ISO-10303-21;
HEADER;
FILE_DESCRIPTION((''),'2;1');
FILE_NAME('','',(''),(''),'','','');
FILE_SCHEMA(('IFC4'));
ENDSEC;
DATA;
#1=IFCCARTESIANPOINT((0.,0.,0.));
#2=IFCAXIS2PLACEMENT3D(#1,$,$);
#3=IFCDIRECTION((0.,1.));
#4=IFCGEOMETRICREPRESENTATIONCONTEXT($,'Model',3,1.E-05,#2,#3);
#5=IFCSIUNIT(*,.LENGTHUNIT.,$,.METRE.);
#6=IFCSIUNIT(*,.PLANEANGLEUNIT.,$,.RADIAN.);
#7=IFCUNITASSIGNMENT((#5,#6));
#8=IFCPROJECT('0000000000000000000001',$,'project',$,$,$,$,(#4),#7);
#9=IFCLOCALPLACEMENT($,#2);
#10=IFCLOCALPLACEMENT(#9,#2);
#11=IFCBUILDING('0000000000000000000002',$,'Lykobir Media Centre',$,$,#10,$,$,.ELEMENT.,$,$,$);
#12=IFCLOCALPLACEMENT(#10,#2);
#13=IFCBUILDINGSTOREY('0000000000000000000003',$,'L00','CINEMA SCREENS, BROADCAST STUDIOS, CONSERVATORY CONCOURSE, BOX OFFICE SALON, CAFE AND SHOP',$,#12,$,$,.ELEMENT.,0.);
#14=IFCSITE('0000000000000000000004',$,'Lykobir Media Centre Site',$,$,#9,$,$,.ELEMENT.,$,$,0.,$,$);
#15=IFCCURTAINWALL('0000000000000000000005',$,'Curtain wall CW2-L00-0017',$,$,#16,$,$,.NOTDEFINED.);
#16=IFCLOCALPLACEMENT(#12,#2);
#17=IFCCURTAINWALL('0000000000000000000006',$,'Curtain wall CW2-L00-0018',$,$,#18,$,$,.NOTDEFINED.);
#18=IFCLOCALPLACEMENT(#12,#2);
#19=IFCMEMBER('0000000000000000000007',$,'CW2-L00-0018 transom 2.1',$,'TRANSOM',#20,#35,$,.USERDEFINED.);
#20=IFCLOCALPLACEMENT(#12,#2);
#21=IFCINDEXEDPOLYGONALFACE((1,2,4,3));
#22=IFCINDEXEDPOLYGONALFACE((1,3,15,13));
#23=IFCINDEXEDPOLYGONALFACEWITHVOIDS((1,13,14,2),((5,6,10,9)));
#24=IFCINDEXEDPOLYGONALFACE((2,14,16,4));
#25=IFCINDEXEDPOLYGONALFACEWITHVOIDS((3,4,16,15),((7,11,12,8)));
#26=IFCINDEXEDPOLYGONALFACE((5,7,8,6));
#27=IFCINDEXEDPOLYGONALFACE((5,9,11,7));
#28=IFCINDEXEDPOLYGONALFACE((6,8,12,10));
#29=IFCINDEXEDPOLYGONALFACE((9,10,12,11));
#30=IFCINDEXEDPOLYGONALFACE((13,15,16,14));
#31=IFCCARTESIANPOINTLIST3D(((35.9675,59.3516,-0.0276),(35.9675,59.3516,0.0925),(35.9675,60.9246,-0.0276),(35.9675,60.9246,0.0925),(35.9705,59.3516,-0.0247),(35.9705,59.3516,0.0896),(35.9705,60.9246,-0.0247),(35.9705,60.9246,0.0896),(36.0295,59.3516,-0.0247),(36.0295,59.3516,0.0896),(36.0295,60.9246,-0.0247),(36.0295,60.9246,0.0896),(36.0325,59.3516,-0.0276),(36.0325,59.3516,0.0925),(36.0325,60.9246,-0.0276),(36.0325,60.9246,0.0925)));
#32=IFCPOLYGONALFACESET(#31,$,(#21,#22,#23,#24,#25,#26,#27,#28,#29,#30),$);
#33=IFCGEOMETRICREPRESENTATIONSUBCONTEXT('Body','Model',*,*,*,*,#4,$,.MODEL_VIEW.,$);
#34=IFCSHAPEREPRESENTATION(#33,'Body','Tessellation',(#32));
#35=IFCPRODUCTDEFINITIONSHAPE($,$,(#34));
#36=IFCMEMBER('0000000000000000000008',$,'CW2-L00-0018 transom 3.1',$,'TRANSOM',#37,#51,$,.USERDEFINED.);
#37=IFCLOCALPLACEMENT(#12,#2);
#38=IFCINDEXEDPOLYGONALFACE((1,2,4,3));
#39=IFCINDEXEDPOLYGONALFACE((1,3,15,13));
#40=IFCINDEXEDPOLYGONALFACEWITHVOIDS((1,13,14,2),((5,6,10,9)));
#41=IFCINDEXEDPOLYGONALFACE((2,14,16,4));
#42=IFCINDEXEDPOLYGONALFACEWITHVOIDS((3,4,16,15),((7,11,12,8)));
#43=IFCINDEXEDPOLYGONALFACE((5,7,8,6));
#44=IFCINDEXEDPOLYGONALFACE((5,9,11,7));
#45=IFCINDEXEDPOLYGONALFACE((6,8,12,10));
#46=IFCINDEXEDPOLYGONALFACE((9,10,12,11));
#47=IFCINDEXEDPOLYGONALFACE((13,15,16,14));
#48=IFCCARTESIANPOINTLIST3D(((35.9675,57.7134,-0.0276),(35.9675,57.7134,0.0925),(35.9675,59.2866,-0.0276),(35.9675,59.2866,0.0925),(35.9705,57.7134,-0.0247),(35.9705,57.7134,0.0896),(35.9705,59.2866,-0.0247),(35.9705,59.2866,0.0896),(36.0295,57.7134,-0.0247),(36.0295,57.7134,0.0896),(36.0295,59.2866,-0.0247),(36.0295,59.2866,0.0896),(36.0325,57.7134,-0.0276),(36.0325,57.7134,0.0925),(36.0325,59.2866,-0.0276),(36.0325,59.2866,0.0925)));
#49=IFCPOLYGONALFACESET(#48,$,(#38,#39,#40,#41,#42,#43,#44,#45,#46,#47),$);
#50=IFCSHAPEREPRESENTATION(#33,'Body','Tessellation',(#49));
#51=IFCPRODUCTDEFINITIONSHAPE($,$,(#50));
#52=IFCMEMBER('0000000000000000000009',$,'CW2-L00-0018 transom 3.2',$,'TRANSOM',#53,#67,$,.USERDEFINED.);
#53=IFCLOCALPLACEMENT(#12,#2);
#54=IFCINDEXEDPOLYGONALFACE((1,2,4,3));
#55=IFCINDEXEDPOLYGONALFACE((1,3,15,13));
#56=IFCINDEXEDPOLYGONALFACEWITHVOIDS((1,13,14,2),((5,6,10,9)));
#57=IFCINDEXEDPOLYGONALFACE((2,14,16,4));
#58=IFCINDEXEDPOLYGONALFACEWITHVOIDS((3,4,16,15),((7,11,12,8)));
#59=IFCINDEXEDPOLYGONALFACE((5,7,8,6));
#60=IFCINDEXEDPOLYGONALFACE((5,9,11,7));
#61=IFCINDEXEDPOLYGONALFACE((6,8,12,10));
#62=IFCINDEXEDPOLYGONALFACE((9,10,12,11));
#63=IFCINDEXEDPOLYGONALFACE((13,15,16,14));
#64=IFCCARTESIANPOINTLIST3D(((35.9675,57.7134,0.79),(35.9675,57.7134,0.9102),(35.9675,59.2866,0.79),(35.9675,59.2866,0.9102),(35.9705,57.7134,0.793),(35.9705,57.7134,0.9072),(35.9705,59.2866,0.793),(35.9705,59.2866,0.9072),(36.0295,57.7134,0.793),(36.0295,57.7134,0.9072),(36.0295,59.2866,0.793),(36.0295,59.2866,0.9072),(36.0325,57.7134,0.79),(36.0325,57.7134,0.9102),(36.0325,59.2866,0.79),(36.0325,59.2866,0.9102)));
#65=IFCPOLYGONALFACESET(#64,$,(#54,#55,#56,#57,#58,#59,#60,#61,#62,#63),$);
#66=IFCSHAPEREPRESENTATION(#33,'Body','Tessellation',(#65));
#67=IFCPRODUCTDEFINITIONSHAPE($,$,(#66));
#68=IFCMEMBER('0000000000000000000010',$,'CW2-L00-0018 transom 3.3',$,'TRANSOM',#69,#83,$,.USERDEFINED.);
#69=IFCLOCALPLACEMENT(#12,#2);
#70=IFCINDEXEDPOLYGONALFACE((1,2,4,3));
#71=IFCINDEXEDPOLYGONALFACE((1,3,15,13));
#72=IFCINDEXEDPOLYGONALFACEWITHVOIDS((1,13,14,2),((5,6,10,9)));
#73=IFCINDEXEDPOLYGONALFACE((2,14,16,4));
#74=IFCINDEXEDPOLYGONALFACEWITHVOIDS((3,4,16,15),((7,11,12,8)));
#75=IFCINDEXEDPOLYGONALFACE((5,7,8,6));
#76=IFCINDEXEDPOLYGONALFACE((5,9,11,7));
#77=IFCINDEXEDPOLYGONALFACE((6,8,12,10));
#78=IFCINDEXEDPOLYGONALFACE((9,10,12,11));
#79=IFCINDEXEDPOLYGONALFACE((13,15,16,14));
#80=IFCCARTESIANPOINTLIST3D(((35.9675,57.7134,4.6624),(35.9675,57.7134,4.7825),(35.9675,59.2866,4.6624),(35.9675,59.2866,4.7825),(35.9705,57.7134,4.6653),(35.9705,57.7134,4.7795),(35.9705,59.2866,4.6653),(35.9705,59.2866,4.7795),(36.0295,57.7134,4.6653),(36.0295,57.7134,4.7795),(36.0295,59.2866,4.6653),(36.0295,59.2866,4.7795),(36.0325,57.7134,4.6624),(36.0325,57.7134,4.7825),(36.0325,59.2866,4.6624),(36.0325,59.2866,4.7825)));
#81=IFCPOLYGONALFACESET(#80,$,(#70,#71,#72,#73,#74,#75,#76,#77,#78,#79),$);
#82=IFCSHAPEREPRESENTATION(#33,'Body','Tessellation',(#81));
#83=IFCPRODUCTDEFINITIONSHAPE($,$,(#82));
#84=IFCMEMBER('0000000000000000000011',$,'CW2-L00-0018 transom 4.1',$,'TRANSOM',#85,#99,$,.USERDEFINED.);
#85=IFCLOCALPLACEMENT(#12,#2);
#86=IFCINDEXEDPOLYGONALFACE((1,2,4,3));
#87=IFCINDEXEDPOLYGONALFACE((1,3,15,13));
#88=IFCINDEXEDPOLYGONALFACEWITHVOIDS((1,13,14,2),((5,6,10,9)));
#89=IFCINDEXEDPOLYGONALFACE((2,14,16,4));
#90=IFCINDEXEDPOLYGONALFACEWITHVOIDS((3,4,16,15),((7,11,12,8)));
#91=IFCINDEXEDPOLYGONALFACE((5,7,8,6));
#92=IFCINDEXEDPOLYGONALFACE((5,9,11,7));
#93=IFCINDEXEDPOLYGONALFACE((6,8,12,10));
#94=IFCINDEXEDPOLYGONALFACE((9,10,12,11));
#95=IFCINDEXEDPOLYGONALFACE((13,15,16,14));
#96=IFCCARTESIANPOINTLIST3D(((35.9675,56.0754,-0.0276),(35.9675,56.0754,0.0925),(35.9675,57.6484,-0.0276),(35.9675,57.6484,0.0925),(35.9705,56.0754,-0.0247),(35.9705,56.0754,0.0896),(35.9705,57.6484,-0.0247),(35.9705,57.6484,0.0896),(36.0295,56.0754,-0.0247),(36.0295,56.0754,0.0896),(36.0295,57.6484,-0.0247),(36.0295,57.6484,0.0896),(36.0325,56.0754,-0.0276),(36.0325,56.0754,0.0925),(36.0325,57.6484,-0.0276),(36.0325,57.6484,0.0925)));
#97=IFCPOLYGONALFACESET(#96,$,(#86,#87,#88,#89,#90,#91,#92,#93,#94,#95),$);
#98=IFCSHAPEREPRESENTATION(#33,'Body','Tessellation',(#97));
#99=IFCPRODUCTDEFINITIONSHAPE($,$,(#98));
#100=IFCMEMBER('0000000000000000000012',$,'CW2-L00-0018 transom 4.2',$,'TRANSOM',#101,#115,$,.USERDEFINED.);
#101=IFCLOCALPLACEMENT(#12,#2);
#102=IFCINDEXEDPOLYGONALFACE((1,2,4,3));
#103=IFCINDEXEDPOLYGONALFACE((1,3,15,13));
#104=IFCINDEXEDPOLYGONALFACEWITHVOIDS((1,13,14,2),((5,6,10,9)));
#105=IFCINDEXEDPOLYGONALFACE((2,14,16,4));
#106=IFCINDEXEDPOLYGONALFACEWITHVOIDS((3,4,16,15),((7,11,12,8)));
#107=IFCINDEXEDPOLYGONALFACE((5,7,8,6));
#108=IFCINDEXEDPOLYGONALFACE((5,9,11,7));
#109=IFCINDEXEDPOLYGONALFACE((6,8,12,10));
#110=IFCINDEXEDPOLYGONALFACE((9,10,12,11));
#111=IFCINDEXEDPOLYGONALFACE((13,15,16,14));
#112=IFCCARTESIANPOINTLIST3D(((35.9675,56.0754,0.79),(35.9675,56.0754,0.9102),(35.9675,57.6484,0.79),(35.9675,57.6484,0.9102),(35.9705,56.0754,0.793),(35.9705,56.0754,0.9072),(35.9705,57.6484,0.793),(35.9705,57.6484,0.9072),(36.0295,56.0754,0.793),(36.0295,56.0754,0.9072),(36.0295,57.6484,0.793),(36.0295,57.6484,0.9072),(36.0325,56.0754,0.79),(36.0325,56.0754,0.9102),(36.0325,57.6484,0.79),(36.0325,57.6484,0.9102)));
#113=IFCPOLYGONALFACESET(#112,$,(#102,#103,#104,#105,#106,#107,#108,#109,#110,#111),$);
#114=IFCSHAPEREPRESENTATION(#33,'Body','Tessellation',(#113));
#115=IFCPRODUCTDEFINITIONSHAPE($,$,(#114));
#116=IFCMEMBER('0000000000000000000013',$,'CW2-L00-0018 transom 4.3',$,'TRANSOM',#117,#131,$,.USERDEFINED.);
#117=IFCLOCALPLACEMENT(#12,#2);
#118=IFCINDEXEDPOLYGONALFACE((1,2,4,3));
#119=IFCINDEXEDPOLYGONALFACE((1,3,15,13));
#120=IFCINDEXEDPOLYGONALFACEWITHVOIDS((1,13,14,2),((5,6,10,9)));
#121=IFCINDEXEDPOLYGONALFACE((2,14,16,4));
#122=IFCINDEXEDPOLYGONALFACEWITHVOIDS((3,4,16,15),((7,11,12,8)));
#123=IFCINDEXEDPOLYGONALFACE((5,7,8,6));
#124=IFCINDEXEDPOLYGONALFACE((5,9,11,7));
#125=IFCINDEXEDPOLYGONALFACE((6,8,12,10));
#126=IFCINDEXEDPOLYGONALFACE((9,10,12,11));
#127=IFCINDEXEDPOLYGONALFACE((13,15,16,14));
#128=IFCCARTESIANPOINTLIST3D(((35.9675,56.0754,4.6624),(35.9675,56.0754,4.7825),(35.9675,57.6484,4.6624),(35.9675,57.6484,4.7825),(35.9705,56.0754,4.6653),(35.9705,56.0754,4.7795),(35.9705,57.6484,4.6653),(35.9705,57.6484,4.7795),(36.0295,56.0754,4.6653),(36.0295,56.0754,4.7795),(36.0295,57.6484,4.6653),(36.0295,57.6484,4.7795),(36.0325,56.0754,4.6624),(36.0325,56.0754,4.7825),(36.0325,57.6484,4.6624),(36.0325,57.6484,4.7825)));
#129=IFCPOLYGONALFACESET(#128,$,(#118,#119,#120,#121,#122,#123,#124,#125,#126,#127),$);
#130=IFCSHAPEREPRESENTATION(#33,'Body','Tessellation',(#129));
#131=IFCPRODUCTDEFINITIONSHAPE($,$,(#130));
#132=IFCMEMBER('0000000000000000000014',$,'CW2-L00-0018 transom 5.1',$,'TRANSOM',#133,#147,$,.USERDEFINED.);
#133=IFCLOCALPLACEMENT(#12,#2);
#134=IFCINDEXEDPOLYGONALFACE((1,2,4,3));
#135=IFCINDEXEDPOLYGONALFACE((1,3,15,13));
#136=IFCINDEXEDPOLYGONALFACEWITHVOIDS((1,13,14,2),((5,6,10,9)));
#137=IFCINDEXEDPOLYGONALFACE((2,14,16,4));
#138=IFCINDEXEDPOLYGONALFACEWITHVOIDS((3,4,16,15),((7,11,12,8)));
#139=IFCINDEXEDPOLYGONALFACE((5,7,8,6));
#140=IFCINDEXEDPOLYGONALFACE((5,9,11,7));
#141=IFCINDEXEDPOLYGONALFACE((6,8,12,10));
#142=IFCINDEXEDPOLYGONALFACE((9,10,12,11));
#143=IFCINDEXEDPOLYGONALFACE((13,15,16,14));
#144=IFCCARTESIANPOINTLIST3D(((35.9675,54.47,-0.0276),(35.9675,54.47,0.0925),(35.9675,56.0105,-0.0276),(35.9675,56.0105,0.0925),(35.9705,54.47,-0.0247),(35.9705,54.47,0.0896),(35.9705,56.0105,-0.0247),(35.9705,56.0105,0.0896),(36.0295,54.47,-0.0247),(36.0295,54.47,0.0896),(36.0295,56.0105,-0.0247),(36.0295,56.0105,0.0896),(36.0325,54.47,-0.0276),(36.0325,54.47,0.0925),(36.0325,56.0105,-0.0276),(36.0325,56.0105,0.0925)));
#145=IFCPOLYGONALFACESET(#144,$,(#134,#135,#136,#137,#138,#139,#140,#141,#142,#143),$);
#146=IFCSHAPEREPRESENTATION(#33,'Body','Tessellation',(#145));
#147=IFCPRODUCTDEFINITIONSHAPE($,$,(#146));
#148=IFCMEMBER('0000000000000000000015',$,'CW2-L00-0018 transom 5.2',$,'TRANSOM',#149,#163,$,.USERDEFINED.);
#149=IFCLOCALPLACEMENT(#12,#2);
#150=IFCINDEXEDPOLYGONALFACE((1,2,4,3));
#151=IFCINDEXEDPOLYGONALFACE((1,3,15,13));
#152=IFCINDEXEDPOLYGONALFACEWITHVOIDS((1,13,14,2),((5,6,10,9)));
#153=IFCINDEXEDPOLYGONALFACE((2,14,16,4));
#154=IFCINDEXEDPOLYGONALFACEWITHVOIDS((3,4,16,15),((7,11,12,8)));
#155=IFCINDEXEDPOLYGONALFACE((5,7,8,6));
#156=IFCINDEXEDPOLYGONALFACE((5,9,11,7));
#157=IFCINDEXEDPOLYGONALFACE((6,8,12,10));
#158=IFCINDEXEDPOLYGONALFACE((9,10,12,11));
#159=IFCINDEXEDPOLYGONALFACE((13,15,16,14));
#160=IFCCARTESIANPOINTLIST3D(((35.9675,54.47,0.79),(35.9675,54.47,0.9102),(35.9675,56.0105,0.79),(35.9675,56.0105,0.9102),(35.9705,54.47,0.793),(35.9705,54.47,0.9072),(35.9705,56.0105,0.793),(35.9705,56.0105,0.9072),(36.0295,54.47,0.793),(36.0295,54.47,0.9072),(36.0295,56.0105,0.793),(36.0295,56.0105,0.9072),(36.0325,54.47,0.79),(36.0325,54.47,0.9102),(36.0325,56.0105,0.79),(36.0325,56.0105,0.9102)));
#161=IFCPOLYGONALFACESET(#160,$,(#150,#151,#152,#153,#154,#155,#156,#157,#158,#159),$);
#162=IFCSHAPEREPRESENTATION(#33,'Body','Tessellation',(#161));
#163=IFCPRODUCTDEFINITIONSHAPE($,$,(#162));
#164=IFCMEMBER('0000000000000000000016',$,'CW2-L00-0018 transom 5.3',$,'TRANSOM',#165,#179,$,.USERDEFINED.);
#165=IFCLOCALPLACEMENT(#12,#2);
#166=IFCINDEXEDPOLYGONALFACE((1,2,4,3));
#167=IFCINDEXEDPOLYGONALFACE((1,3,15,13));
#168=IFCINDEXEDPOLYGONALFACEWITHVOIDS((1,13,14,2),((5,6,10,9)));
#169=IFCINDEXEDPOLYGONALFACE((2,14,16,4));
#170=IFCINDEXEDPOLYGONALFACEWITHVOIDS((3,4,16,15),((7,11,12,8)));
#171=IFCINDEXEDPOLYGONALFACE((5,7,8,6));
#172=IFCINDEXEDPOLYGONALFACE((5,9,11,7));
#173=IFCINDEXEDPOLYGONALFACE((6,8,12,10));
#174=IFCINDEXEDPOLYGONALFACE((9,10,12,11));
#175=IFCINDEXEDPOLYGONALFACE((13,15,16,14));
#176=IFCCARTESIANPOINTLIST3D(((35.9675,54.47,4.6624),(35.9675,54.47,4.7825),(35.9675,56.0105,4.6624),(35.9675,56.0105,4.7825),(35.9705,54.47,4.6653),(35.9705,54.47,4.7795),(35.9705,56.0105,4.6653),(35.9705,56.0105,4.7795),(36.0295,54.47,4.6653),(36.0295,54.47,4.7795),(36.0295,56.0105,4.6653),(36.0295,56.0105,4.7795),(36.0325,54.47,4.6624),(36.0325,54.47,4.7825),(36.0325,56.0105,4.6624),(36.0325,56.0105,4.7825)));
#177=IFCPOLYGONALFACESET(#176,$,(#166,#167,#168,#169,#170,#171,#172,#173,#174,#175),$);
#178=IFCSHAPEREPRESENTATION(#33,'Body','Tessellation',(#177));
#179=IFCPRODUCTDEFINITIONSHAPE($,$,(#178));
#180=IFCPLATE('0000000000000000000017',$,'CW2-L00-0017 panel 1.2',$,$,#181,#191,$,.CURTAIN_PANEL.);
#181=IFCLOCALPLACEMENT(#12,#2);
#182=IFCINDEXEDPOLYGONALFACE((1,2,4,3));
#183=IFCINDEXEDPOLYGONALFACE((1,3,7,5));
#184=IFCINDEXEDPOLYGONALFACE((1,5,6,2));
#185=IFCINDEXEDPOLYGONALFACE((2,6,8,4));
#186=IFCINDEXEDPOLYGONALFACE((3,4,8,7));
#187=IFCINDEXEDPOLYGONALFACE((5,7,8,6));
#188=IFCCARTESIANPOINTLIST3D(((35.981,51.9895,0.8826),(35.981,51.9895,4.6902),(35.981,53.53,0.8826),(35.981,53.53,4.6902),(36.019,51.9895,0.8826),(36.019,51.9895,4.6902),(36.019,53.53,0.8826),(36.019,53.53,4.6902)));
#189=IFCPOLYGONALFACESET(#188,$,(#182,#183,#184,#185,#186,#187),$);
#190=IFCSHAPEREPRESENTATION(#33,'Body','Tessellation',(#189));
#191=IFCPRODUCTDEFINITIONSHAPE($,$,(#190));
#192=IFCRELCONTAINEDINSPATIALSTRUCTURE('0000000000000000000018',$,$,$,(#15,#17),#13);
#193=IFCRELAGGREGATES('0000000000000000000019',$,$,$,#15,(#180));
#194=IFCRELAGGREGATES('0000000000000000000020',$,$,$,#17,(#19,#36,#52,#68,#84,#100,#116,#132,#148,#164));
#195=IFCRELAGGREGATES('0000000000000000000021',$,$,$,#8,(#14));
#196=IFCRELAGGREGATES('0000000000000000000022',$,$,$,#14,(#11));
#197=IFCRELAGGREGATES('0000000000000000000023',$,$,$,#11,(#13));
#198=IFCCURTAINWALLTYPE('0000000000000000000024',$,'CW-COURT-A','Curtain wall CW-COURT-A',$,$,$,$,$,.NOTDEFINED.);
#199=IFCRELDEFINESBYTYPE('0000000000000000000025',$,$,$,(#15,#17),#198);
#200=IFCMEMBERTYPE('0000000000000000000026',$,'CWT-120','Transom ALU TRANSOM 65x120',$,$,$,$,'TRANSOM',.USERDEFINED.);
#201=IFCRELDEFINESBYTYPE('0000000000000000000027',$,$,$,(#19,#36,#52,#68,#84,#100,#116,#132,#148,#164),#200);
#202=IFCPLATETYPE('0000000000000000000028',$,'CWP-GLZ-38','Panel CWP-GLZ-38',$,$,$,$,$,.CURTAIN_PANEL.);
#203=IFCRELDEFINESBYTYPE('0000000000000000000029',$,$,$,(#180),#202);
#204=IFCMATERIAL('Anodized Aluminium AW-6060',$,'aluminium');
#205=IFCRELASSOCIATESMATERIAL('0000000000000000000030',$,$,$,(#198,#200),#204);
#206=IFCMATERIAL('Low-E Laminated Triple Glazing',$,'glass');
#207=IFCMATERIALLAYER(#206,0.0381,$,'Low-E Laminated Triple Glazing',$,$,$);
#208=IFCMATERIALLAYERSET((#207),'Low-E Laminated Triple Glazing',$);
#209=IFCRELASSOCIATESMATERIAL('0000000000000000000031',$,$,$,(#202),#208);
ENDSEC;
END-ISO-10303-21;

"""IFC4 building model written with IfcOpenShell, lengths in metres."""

from ifc_helpers import new_model, si_unit, direction, frame, origin, origin_2d, place, context, subcontext, project, spatial, rectangle, hollow_rectangle, extrude, material, layer, layer_set, material_profile, profile_set, type_object, element, aggregate, save


model = new_model("IFC4")

# Units and contexts
model_context = context("Model", 3, precision=1e-05, world=origin(), true_north=direction((0.0, 1.0)))
body_context = subcontext(model_context, "Body", "Model", "MODEL_VIEW")
ifc_project = project(units=[si_unit("LENGTHUNIT", "METRE"), si_unit("PLANEANGLEUNIT", "RADIAN")], contexts=[model_context])

# Site, building, storey
site_placement = place(None, origin())
site = spatial("IfcSite", under=ifc_project, at=site_placement, Name="Lykobir Media Centre Site", CompositionType="ELEMENT", RefElevation=0.0)
building_placement = place(site_placement, origin())
building = spatial("IfcBuilding", under=site, at=building_placement, Name="Lykobir Media Centre", CompositionType="ELEMENT")
storey_placement = place(building_placement, origin())
storey = spatial("IfcBuildingStorey", under=building, at=storey_placement, Name="L00", Description="CINEMA SCREENS, BROADCAST STUDIOS, CONSERVATORY CONCOURSE, BOX OFFICE SALON, CAFE AND SHOP", CompositionType="ELEMENT", Elevation=0.0)

# Curtain wall
ifc_material_1 = material(Name="Anodized Aluminium AW-6060", Category="aluminium")
curtain_wall_type = type_object("IfcCurtainWallType", Name="CW-COURT-A", Description="Curtain wall CW-COURT-A", PredefinedType="NOTDEFINED", material=ifc_material_1)
curtain_wall_1_placement = place(storey_placement, origin())
curtain_wall_1 = element("IfcCurtainWall", 1, at=curtain_wall_1_placement, inside=storey, type_object=curtain_wall_type, Name="Curtain wall CW2-L00-0017", PredefinedType="NOTDEFINED")

# Curtain wall
curtain_wall_2_placement = place(storey_placement, origin())
curtain_wall_2 = element("IfcCurtainWall", 2, at=curtain_wall_2_placement, inside=storey, type_object=curtain_wall_type, Name="Curtain wall CW2-L00-0018", PredefinedType="NOTDEFINED")

# Members
ifc_material_profile_1 = material_profile(ifc_material_1, hollow_rectangle(XDim=0.0649, YDim=0.1201, WallThickness=0.0029, at=origin_2d()), Name="ALU TRANSOM 65x120")
ifc_profile_set_1 = profile_set([ifc_material_profile_1], Name="Anodized Aluminium AW-6060")
member_type_1 = type_object("IfcMemberType", Name="CWT-120", Description="Transom ALU TRANSOM 65x120", ElementType="TRANSOM", PredefinedType="USERDEFINED", material=ifc_profile_set_1)
member_1_placement = place(storey_placement, frame((36.0, 60.9246, 0.0325), z_axis=(0.0, -1.0, 0.0), x_axis=(1.0, 0.0, 0.0)))
member_1 = element("IfcMember", 3, at=member_1_placement, type_object=member_type_1, Name="CW2-L00-0018 transom 2.1", ObjectType="TRANSOM", PredefinedType="USERDEFINED", context=body_context, shape_type="SweptSolid", body=[
    extrude(hollow_rectangle(XDim=0.0649, YDim=0.1201, WallThickness=0.0029, at=origin_2d()), origin(), (0.0, 0.0, 1.0), 1.573),
])
member_2_placement = place(storey_placement, frame((36.0, 59.2866, 0.0325), z_axis=(0.0, -1.0, 0.0), x_axis=(1.0, 0.0, 0.0)))
member_2 = element("IfcMember", 4, at=member_2_placement, type_object=member_type_1, Name="CW2-L00-0018 transom 3.1", ObjectType="TRANSOM", PredefinedType="USERDEFINED", context=body_context, shape_type="SweptSolid", body=[
    extrude(hollow_rectangle(XDim=0.0649, YDim=0.1201, WallThickness=0.0029, at=origin_2d()), origin(), (0.0, 0.0, 1.0), 1.5732),
])
member_3_placement = place(storey_placement, frame((36.0, 59.2866, 0.8501), z_axis=(0.0, -1.0, 0.0), x_axis=(1.0, 0.0, 0.0)))
member_3 = element("IfcMember", 5, at=member_3_placement, type_object=member_type_1, Name="CW2-L00-0018 transom 3.2", ObjectType="TRANSOM", PredefinedType="USERDEFINED", context=body_context, shape_type="SweptSolid", body=[
    extrude(hollow_rectangle(XDim=0.0649, YDim=0.1201, WallThickness=0.0029, at=origin_2d()), origin(), (0.0, 0.0, 1.0), 1.5732),
])
member_4_placement = place(storey_placement, frame((36.0, 59.2866, 4.7224), z_axis=(0.0, -1.0, 0.0), x_axis=(1.0, 0.0, 0.0)))
member_4 = element("IfcMember", 6, at=member_4_placement, type_object=member_type_1, Name="CW2-L00-0018 transom 3.3", ObjectType="TRANSOM", PredefinedType="USERDEFINED", context=body_context, shape_type="SweptSolid", body=[
    extrude(hollow_rectangle(XDim=0.0649, YDim=0.1201, WallThickness=0.0029, at=origin_2d()), origin(), (0.0, 0.0, 1.0), 1.5732),
])
member_5_placement = place(storey_placement, frame((36.0, 57.6484, 0.0325), z_axis=(0.0, -1.0, 0.0), x_axis=(1.0, 0.0, 0.0)))
member_5 = element("IfcMember", 7, at=member_5_placement, type_object=member_type_1, Name="CW2-L00-0018 transom 4.1", ObjectType="TRANSOM", PredefinedType="USERDEFINED", context=body_context, shape_type="SweptSolid", body=[
    extrude(hollow_rectangle(XDim=0.0649, YDim=0.1201, WallThickness=0.0029, at=origin_2d()), origin(), (0.0, 0.0, 1.0), 1.573),
])
member_6_placement = place(storey_placement, frame((36.0, 57.6484, 0.8501), z_axis=(0.0, -1.0, 0.0), x_axis=(1.0, 0.0, 0.0)))
member_6 = element("IfcMember", 8, at=member_6_placement, type_object=member_type_1, Name="CW2-L00-0018 transom 4.2", ObjectType="TRANSOM", PredefinedType="USERDEFINED", context=body_context, shape_type="SweptSolid", body=[
    extrude(hollow_rectangle(XDim=0.0649, YDim=0.1201, WallThickness=0.0029, at=origin_2d()), origin(), (0.0, 0.0, 1.0), 1.573),
])
member_7_placement = place(storey_placement, frame((36.0, 57.6484, 4.7224), z_axis=(0.0, -1.0, 0.0), x_axis=(1.0, 0.0, 0.0)))
member_7 = element("IfcMember", 9, at=member_7_placement, type_object=member_type_1, Name="CW2-L00-0018 transom 4.3", ObjectType="TRANSOM", PredefinedType="USERDEFINED", context=body_context, shape_type="SweptSolid", body=[
    extrude(hollow_rectangle(XDim=0.0649, YDim=0.1201, WallThickness=0.0029, at=origin_2d()), origin(), (0.0, 0.0, 1.0), 1.573),
])
member_8_placement = place(storey_placement, frame((36.0, 56.0105, 0.0325), z_axis=(0.0, -1.0, 0.0), x_axis=(1.0, 0.0, 0.0)))
member_8 = element("IfcMember", 10, at=member_8_placement, type_object=member_type_1, Name="CW2-L00-0018 transom 5.1", ObjectType="TRANSOM", PredefinedType="USERDEFINED", context=body_context, shape_type="SweptSolid", body=[
    extrude(hollow_rectangle(XDim=0.0649, YDim=0.1201, WallThickness=0.0029, at=origin_2d()), origin(), (0.0, 0.0, 1.0), 1.5405),
])
member_9_placement = place(storey_placement, frame((36.0, 56.0105, 0.8501), z_axis=(0.0, -1.0, 0.0), x_axis=(1.0, 0.0, 0.0)))
member_9 = element("IfcMember", 11, at=member_9_placement, type_object=member_type_1, Name="CW2-L00-0018 transom 5.2", ObjectType="TRANSOM", PredefinedType="USERDEFINED", context=body_context, shape_type="SweptSolid", body=[
    extrude(hollow_rectangle(XDim=0.0649, YDim=0.1201, WallThickness=0.0029, at=origin_2d()), origin(), (0.0, 0.0, 1.0), 1.5405),
])
member_10_placement = place(storey_placement, frame((36.0, 56.0105, 4.7224), z_axis=(0.0, -1.0, 0.0), x_axis=(1.0, 0.0, 0.0)))
member_10 = element("IfcMember", 12, at=member_10_placement, type_object=member_type_1, Name="CW2-L00-0018 transom 5.3", ObjectType="TRANSOM", PredefinedType="USERDEFINED", context=body_context, shape_type="SweptSolid", body=[
    extrude(hollow_rectangle(XDim=0.0649, YDim=0.1201, WallThickness=0.0029, at=origin_2d()), origin(), (0.0, 0.0, 1.0), 1.5405),
])

# Plate
ifc_material_2 = material(Name="Low-E Laminated Triple Glazing", Category="glass")
ifc_layer_1 = layer(ifc_material_2, 0.0381, Name="Low-E Laminated Triple Glazing")
ifc_layer_set_1 = layer_set([ifc_layer_1], Name="Low-E Laminated Triple Glazing")
plate_type_1 = type_object("IfcPlateType", Name="CWP-GLZ-38", Description="Panel CWP-GLZ-38", PredefinedType="CURTAIN_PANEL", material=ifc_layer_set_1)
plate_1_placement = place(storey_placement, frame((36.0, 52.7598, 0.8826), z_axis=(0.0, 0.0, 1.0), x_axis=(0.0, -1.0, 0.0)))
plate_1 = element("IfcPlate", 13, at=plate_1_placement, type_object=plate_type_1, Name="CW2-L00-0017 panel 1.2", PredefinedType="CURTAIN_PANEL", context=body_context, shape_type="SweptSolid", body=[
    extrude(rectangle(XDim=1.5405, YDim=0.0381, at=origin_2d()), origin(), (0.0, 0.0, 1.0), 3.8076),
])
aggregate(curtain_wall_1, [plate_1])
aggregate(curtain_wall_2, [member_1, member_2, member_3, member_4, member_5, member_6, member_7, member_8, member_9, member_10])

save(model, "model.ifc")
